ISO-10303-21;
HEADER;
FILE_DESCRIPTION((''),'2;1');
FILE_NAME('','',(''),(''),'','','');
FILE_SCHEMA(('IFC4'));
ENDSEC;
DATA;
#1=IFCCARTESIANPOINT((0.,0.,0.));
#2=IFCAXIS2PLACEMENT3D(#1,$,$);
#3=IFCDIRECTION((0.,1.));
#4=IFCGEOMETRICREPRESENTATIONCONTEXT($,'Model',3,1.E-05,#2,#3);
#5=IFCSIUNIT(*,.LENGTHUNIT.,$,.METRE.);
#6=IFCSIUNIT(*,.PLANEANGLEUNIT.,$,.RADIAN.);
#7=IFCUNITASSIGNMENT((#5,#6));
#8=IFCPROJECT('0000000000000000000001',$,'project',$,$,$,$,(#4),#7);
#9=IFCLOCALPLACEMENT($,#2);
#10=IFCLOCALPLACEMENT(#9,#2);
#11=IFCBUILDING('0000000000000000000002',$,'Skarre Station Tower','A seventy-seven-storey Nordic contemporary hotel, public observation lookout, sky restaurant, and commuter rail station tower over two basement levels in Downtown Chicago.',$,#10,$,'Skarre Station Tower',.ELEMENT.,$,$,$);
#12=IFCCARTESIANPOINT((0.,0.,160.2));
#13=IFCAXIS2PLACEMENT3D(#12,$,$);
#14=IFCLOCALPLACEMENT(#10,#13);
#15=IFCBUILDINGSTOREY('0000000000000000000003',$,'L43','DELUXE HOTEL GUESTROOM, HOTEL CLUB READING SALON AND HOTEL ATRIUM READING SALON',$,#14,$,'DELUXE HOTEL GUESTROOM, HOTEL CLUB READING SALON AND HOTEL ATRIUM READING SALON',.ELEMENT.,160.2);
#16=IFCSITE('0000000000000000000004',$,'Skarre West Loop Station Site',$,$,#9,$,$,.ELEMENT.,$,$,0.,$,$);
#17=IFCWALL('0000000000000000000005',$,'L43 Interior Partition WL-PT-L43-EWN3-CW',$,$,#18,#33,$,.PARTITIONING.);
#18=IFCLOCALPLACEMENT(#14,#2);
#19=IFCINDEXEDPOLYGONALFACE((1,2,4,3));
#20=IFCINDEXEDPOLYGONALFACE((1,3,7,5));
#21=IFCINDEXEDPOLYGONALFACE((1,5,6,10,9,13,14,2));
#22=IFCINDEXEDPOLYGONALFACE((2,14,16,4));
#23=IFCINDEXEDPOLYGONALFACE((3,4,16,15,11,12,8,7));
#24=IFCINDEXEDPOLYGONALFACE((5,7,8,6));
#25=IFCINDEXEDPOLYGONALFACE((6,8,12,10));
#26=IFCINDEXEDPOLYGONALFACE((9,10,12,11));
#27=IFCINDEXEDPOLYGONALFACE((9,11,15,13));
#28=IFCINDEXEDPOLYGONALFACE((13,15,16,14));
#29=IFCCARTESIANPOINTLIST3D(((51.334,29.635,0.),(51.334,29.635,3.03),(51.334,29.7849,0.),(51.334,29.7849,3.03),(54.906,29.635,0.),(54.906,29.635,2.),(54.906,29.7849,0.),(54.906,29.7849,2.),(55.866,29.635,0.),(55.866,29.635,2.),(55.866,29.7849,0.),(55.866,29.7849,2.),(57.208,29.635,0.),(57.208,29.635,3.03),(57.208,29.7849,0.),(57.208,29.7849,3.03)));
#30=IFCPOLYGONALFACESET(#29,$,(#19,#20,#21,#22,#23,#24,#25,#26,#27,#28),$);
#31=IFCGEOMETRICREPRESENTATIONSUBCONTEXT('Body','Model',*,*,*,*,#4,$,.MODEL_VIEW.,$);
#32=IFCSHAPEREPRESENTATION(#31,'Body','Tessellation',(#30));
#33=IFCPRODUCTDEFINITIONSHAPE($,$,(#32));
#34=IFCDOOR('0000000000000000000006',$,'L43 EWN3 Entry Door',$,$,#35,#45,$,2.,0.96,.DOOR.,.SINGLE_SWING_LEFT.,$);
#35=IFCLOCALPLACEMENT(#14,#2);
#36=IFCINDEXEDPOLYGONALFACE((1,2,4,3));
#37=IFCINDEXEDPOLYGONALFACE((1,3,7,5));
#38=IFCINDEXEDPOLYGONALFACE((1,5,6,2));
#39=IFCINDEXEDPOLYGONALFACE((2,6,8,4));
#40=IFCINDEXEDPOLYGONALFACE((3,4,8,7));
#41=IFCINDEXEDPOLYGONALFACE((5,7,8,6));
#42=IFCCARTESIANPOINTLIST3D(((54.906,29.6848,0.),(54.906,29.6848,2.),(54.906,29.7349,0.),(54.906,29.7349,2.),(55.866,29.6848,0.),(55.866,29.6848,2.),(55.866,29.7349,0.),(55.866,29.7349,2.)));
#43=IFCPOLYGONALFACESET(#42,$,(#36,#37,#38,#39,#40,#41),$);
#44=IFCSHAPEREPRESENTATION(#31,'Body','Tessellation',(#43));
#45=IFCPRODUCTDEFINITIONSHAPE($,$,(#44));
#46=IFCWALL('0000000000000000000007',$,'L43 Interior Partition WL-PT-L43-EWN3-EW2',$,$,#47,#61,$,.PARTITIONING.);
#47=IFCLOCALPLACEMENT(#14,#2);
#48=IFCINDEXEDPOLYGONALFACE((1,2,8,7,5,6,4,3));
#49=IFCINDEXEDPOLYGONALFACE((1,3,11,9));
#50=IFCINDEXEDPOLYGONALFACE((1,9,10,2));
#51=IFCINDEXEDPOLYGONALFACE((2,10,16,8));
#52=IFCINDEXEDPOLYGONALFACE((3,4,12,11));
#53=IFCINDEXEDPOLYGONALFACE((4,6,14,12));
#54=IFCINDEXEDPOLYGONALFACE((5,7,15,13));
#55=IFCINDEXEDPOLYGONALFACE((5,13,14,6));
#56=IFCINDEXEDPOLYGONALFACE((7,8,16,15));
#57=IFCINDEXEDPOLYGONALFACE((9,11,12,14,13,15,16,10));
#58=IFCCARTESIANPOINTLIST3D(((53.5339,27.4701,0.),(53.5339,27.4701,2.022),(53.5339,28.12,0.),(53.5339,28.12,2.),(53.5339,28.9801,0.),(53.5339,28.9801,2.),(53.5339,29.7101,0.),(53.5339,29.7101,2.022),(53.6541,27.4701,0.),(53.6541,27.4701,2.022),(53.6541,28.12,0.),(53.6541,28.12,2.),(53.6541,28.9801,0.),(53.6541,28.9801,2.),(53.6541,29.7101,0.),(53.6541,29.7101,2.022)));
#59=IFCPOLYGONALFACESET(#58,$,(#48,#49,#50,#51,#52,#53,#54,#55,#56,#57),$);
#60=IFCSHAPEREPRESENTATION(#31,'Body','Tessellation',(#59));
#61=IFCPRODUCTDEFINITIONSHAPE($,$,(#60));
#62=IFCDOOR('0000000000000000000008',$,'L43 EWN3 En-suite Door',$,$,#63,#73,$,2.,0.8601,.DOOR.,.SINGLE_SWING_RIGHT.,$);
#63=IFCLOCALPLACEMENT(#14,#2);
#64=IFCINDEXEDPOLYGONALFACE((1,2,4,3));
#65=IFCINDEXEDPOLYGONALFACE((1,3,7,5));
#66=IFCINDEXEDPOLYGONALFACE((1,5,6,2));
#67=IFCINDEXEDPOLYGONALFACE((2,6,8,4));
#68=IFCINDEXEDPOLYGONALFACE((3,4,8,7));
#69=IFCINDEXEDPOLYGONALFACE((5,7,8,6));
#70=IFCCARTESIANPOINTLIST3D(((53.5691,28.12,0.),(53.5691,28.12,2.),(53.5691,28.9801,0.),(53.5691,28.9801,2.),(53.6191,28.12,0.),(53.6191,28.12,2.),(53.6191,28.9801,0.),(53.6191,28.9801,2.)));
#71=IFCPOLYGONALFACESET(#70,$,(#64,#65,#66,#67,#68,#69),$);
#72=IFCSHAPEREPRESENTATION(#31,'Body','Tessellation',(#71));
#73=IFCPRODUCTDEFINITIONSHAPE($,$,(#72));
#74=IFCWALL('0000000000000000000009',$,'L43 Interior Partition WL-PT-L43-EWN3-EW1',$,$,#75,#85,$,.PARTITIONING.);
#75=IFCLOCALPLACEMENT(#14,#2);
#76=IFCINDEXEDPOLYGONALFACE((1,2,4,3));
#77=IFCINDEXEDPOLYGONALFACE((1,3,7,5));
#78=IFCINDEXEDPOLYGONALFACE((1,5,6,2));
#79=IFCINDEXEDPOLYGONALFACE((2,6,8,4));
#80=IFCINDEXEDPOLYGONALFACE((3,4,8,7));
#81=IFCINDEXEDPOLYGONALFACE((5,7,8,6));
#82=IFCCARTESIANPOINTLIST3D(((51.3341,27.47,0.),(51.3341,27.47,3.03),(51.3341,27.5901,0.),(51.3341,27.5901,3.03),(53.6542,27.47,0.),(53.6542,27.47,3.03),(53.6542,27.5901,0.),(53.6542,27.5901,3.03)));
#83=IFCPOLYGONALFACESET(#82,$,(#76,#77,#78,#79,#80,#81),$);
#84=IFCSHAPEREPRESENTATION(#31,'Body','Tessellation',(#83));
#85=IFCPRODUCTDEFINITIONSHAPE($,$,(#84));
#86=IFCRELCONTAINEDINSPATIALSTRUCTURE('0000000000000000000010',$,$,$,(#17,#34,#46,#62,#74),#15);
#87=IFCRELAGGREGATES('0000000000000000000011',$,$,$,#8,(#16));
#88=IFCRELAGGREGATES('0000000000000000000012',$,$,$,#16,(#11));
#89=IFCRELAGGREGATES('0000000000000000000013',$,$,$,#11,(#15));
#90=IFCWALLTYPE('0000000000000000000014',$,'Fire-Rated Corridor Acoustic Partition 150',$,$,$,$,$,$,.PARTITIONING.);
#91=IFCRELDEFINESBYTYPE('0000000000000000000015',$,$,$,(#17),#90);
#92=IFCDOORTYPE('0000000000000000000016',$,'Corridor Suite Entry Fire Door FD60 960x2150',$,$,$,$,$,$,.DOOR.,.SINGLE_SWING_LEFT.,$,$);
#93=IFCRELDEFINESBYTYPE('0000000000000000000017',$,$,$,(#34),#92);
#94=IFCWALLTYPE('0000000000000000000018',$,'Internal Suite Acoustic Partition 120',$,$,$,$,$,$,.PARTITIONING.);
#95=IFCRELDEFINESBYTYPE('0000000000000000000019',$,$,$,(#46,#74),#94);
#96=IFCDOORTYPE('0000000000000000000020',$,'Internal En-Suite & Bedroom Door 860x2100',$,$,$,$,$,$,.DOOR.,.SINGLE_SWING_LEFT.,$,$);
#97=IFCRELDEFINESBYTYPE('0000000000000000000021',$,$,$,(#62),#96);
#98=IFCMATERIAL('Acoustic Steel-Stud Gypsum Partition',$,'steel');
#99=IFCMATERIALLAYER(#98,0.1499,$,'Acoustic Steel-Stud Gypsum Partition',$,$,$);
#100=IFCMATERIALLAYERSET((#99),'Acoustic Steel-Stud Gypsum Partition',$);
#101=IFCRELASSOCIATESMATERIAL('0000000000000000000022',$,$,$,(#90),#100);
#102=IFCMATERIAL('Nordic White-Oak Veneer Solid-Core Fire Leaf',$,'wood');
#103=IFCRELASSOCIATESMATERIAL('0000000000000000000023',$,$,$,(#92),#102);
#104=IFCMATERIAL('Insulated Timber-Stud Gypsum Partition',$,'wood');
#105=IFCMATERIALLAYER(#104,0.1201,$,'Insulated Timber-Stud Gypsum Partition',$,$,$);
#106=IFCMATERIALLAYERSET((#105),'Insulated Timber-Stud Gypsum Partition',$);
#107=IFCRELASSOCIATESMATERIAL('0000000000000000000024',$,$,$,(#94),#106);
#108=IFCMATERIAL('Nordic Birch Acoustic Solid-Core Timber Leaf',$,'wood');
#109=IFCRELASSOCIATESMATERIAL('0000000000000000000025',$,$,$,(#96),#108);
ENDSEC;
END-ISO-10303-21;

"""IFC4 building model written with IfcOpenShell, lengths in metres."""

from ifc_helpers import new_model, si_unit, direction, frame, frame_2d, origin, place, context, subcontext, project, spatial, rectangle, extrude, material, layer, layer_set, type_object, element, fill, save


model = new_model("IFC4")

# Units and contexts
model_context = context("Model", 3, precision=1e-05, world=origin(), true_north=direction((0.0, 1.0)))
body_context = subcontext(model_context, "Body", "Model", "MODEL_VIEW")
ifc_project = project(units=[si_unit("LENGTHUNIT", "METRE"), si_unit("PLANEANGLEUNIT", "RADIAN")], contexts=[model_context])

# Site, building, storey
site_placement = place(None, origin())
site = spatial("IfcSite", under=ifc_project, at=site_placement, Name="Skarre West Loop Station Site", CompositionType="ELEMENT", RefElevation=0.0)
building_placement = place(site_placement, origin())
building = spatial("IfcBuilding", under=site, at=building_placement, Name="Skarre Station Tower", Description="A seventy-seven-storey Nordic contemporary hotel, public observation lookout, sky restaurant, and commuter rail station tower over two basement levels in Downtown Chicago.", LongName="Skarre Station Tower", CompositionType="ELEMENT")
storey_placement = place(building_placement, frame((0.0, 0.0, 160.2)))
storey = spatial("IfcBuildingStorey", under=building, at=storey_placement, Name="L43", Description="DELUXE HOTEL GUESTROOM, HOTEL CLUB READING SALON AND HOTEL ATRIUM READING SALON", LongName="DELUXE HOTEL GUESTROOM, HOTEL CLUB READING SALON AND HOTEL ATRIUM READING SALON", CompositionType="ELEMENT", Elevation=160.2)

# Walls, openings, doors
ifc_material_1 = material(Name="Acoustic Steel-Stud Gypsum Partition", Category="steel")
ifc_layer_1 = layer(ifc_material_1, 0.1499, Name="Acoustic Steel-Stud Gypsum Partition")
ifc_layer_set_1 = layer_set([ifc_layer_1], Name="Acoustic Steel-Stud Gypsum Partition")
wall_type_1 = type_object("IfcWallType", Name="Fire-Rated Corridor Acoustic Partition 150", PredefinedType="PARTITIONING", material=ifc_layer_set_1)
ifc_material_2 = material(Name="Nordic White-Oak Veneer Solid-Core Fire Leaf", Category="wood")
door_type_1 = type_object("IfcDoorType", Name="Corridor Suite Entry Fire Door FD60 960x2150", OperationType="SINGLE_SWING_LEFT", PredefinedType="DOOR", material=ifc_material_2)
wall_1_placement = place(storey_placement, frame((51.334, 29.71, 0.0), z_axis=(0.0, 0.0, 1.0), x_axis=(1.0, 0.0, 0.0)))
wall_1 = element("IfcWall", 1, at=wall_1_placement, inside=storey, type_object=wall_type_1, Name="L43 Interior Partition WL-PT-L43-EWN3-CW", PredefinedType="PARTITIONING", context=body_context, shape_type="SweptSolid", body=[
    extrude(rectangle(XDim=5.874, YDim=0.1499, at=frame_2d((2.937, 0.0))), origin(), (0.0, 0.0, 1.0), 3.03),
])
opening_1_placement = place(wall_1_placement, frame((3.572, 0.0, 0.0)))
opening_1 = element("IfcOpeningElement", 2, at=opening_1_placement, cuts=wall_1, PredefinedType="OPENING", context=body_context, shape_type="SweptSolid", body=[
    extrude(rectangle(XDim=0.96, YDim=2.0, at=frame_2d((0.48, 1.0))), frame((0.0, 0.085, 0.0), z_axis=(0.0, -1.0, 0.0), x_axis=(1.0, 0.0, 0.0)), (0.0, 0.0, 1.0), 0.1699),
])
door_1_placement = place(opening_1_placement, origin())
door_1 = element("IfcDoor", 3, at=door_1_placement, inside=storey, type_object=door_type_1, Name="L43 EWN3 Entry Door", OperationType="SINGLE_SWING_LEFT", OverallHeight=2.0, OverallWidth=0.96, PredefinedType="DOOR", context=body_context, shape_type="SweptSolid", body=[
    extrude(rectangle(XDim=0.96, YDim=2.0, at=frame_2d((0.48, 1.0))), frame((0.0, 0.0249, 0.0), z_axis=(0.0, -1.0, 0.0), x_axis=(1.0, 0.0, 0.0)), (0.0, 0.0, 1.0), 0.05),
])
fill(opening_1, door_1)
ifc_material_3 = material(Name="Insulated Timber-Stud Gypsum Partition", Category="wood")
ifc_layer_2 = layer(ifc_material_3, 0.1201, Name="Insulated Timber-Stud Gypsum Partition")
ifc_layer_set_2 = layer_set([ifc_layer_2], Name="Insulated Timber-Stud Gypsum Partition")
wall_type_2 = type_object("IfcWallType", Name="Internal Suite Acoustic Partition 120", PredefinedType="PARTITIONING", material=ifc_layer_set_2)
wall_2_placement = place(storey_placement, frame((53.594, 27.47, 0.0), z_axis=(0.0, 0.0, 1.0), x_axis=(0.0, 1.0, 0.0)))
wall_2 = element("IfcWall", 4, at=wall_2_placement, inside=storey, type_object=wall_type_2, Name="L43 Interior Partition WL-PT-L43-EWN3-EW2", PredefinedType="PARTITIONING", context=body_context, shape_type="SweptSolid", body=[
    extrude(rectangle(XDim=2.24, YDim=0.1201, at=frame_2d((1.1201, 0.0))), origin(), (0.0, 0.0, 1.0), 2.022),
])
opening_2_placement = place(wall_2_placement, frame((0.6499, 0.0, 0.0)))
opening_2 = element("IfcOpeningElement", 5, at=opening_2_placement, cuts=wall_2, PredefinedType="OPENING", context=body_context, shape_type="SweptSolid", body=[
    extrude(rectangle(XDim=0.8601, YDim=2.0, at=frame_2d((0.4302, 1.0))), frame((0.0, 0.0701, 0.0), z_axis=(0.0, -1.0, 0.0), x_axis=(1.0, 0.0, 0.0)), (0.0, 0.0, 1.0), 0.1401),
])
ifc_material_4 = material(Name="Nordic Birch Acoustic Solid-Core Timber Leaf", Category="wood")
door_type_2 = type_object("IfcDoorType", Name="Internal En-Suite & Bedroom Door 860x2100", OperationType="SINGLE_SWING_LEFT", PredefinedType="DOOR", material=ifc_material_4)
door_2_placement = place(opening_2_placement, origin())
door_2 = element("IfcDoor", 6, at=door_2_placement, inside=storey, type_object=door_type_2, Name="L43 EWN3 En-suite Door", OperationType="SINGLE_SWING_RIGHT", OverallHeight=2.0, OverallWidth=0.8601, PredefinedType="DOOR", context=body_context, shape_type="SweptSolid", body=[
    extrude(rectangle(XDim=0.8601, YDim=2.0, at=frame_2d((0.4302, 1.0))), frame((0.0, 0.0249, 0.0), z_axis=(0.0, -1.0, 0.0), x_axis=(1.0, 0.0, 0.0)), (0.0, 0.0, 1.0), 0.05),
])
fill(opening_2, door_2)

# Wall
wall_3_placement = place(storey_placement, frame((51.334, 27.53, 0.0), z_axis=(0.0, 0.0, 1.0), x_axis=(1.0, 0.0, 0.0)))
element("IfcWall", 7, at=wall_3_placement, inside=storey, type_object=wall_type_2, Name="L43 Interior Partition WL-PT-L43-EWN3-EW1", PredefinedType="PARTITIONING", context=body_context, shape_type="SweptSolid", body=[
    extrude(rectangle(XDim=2.3201, YDim=0.1201, at=frame_2d((1.1602, 0.0))), origin(), (0.0, 0.0, 1.0), 3.03),
])

save(model, "model.ifc")
